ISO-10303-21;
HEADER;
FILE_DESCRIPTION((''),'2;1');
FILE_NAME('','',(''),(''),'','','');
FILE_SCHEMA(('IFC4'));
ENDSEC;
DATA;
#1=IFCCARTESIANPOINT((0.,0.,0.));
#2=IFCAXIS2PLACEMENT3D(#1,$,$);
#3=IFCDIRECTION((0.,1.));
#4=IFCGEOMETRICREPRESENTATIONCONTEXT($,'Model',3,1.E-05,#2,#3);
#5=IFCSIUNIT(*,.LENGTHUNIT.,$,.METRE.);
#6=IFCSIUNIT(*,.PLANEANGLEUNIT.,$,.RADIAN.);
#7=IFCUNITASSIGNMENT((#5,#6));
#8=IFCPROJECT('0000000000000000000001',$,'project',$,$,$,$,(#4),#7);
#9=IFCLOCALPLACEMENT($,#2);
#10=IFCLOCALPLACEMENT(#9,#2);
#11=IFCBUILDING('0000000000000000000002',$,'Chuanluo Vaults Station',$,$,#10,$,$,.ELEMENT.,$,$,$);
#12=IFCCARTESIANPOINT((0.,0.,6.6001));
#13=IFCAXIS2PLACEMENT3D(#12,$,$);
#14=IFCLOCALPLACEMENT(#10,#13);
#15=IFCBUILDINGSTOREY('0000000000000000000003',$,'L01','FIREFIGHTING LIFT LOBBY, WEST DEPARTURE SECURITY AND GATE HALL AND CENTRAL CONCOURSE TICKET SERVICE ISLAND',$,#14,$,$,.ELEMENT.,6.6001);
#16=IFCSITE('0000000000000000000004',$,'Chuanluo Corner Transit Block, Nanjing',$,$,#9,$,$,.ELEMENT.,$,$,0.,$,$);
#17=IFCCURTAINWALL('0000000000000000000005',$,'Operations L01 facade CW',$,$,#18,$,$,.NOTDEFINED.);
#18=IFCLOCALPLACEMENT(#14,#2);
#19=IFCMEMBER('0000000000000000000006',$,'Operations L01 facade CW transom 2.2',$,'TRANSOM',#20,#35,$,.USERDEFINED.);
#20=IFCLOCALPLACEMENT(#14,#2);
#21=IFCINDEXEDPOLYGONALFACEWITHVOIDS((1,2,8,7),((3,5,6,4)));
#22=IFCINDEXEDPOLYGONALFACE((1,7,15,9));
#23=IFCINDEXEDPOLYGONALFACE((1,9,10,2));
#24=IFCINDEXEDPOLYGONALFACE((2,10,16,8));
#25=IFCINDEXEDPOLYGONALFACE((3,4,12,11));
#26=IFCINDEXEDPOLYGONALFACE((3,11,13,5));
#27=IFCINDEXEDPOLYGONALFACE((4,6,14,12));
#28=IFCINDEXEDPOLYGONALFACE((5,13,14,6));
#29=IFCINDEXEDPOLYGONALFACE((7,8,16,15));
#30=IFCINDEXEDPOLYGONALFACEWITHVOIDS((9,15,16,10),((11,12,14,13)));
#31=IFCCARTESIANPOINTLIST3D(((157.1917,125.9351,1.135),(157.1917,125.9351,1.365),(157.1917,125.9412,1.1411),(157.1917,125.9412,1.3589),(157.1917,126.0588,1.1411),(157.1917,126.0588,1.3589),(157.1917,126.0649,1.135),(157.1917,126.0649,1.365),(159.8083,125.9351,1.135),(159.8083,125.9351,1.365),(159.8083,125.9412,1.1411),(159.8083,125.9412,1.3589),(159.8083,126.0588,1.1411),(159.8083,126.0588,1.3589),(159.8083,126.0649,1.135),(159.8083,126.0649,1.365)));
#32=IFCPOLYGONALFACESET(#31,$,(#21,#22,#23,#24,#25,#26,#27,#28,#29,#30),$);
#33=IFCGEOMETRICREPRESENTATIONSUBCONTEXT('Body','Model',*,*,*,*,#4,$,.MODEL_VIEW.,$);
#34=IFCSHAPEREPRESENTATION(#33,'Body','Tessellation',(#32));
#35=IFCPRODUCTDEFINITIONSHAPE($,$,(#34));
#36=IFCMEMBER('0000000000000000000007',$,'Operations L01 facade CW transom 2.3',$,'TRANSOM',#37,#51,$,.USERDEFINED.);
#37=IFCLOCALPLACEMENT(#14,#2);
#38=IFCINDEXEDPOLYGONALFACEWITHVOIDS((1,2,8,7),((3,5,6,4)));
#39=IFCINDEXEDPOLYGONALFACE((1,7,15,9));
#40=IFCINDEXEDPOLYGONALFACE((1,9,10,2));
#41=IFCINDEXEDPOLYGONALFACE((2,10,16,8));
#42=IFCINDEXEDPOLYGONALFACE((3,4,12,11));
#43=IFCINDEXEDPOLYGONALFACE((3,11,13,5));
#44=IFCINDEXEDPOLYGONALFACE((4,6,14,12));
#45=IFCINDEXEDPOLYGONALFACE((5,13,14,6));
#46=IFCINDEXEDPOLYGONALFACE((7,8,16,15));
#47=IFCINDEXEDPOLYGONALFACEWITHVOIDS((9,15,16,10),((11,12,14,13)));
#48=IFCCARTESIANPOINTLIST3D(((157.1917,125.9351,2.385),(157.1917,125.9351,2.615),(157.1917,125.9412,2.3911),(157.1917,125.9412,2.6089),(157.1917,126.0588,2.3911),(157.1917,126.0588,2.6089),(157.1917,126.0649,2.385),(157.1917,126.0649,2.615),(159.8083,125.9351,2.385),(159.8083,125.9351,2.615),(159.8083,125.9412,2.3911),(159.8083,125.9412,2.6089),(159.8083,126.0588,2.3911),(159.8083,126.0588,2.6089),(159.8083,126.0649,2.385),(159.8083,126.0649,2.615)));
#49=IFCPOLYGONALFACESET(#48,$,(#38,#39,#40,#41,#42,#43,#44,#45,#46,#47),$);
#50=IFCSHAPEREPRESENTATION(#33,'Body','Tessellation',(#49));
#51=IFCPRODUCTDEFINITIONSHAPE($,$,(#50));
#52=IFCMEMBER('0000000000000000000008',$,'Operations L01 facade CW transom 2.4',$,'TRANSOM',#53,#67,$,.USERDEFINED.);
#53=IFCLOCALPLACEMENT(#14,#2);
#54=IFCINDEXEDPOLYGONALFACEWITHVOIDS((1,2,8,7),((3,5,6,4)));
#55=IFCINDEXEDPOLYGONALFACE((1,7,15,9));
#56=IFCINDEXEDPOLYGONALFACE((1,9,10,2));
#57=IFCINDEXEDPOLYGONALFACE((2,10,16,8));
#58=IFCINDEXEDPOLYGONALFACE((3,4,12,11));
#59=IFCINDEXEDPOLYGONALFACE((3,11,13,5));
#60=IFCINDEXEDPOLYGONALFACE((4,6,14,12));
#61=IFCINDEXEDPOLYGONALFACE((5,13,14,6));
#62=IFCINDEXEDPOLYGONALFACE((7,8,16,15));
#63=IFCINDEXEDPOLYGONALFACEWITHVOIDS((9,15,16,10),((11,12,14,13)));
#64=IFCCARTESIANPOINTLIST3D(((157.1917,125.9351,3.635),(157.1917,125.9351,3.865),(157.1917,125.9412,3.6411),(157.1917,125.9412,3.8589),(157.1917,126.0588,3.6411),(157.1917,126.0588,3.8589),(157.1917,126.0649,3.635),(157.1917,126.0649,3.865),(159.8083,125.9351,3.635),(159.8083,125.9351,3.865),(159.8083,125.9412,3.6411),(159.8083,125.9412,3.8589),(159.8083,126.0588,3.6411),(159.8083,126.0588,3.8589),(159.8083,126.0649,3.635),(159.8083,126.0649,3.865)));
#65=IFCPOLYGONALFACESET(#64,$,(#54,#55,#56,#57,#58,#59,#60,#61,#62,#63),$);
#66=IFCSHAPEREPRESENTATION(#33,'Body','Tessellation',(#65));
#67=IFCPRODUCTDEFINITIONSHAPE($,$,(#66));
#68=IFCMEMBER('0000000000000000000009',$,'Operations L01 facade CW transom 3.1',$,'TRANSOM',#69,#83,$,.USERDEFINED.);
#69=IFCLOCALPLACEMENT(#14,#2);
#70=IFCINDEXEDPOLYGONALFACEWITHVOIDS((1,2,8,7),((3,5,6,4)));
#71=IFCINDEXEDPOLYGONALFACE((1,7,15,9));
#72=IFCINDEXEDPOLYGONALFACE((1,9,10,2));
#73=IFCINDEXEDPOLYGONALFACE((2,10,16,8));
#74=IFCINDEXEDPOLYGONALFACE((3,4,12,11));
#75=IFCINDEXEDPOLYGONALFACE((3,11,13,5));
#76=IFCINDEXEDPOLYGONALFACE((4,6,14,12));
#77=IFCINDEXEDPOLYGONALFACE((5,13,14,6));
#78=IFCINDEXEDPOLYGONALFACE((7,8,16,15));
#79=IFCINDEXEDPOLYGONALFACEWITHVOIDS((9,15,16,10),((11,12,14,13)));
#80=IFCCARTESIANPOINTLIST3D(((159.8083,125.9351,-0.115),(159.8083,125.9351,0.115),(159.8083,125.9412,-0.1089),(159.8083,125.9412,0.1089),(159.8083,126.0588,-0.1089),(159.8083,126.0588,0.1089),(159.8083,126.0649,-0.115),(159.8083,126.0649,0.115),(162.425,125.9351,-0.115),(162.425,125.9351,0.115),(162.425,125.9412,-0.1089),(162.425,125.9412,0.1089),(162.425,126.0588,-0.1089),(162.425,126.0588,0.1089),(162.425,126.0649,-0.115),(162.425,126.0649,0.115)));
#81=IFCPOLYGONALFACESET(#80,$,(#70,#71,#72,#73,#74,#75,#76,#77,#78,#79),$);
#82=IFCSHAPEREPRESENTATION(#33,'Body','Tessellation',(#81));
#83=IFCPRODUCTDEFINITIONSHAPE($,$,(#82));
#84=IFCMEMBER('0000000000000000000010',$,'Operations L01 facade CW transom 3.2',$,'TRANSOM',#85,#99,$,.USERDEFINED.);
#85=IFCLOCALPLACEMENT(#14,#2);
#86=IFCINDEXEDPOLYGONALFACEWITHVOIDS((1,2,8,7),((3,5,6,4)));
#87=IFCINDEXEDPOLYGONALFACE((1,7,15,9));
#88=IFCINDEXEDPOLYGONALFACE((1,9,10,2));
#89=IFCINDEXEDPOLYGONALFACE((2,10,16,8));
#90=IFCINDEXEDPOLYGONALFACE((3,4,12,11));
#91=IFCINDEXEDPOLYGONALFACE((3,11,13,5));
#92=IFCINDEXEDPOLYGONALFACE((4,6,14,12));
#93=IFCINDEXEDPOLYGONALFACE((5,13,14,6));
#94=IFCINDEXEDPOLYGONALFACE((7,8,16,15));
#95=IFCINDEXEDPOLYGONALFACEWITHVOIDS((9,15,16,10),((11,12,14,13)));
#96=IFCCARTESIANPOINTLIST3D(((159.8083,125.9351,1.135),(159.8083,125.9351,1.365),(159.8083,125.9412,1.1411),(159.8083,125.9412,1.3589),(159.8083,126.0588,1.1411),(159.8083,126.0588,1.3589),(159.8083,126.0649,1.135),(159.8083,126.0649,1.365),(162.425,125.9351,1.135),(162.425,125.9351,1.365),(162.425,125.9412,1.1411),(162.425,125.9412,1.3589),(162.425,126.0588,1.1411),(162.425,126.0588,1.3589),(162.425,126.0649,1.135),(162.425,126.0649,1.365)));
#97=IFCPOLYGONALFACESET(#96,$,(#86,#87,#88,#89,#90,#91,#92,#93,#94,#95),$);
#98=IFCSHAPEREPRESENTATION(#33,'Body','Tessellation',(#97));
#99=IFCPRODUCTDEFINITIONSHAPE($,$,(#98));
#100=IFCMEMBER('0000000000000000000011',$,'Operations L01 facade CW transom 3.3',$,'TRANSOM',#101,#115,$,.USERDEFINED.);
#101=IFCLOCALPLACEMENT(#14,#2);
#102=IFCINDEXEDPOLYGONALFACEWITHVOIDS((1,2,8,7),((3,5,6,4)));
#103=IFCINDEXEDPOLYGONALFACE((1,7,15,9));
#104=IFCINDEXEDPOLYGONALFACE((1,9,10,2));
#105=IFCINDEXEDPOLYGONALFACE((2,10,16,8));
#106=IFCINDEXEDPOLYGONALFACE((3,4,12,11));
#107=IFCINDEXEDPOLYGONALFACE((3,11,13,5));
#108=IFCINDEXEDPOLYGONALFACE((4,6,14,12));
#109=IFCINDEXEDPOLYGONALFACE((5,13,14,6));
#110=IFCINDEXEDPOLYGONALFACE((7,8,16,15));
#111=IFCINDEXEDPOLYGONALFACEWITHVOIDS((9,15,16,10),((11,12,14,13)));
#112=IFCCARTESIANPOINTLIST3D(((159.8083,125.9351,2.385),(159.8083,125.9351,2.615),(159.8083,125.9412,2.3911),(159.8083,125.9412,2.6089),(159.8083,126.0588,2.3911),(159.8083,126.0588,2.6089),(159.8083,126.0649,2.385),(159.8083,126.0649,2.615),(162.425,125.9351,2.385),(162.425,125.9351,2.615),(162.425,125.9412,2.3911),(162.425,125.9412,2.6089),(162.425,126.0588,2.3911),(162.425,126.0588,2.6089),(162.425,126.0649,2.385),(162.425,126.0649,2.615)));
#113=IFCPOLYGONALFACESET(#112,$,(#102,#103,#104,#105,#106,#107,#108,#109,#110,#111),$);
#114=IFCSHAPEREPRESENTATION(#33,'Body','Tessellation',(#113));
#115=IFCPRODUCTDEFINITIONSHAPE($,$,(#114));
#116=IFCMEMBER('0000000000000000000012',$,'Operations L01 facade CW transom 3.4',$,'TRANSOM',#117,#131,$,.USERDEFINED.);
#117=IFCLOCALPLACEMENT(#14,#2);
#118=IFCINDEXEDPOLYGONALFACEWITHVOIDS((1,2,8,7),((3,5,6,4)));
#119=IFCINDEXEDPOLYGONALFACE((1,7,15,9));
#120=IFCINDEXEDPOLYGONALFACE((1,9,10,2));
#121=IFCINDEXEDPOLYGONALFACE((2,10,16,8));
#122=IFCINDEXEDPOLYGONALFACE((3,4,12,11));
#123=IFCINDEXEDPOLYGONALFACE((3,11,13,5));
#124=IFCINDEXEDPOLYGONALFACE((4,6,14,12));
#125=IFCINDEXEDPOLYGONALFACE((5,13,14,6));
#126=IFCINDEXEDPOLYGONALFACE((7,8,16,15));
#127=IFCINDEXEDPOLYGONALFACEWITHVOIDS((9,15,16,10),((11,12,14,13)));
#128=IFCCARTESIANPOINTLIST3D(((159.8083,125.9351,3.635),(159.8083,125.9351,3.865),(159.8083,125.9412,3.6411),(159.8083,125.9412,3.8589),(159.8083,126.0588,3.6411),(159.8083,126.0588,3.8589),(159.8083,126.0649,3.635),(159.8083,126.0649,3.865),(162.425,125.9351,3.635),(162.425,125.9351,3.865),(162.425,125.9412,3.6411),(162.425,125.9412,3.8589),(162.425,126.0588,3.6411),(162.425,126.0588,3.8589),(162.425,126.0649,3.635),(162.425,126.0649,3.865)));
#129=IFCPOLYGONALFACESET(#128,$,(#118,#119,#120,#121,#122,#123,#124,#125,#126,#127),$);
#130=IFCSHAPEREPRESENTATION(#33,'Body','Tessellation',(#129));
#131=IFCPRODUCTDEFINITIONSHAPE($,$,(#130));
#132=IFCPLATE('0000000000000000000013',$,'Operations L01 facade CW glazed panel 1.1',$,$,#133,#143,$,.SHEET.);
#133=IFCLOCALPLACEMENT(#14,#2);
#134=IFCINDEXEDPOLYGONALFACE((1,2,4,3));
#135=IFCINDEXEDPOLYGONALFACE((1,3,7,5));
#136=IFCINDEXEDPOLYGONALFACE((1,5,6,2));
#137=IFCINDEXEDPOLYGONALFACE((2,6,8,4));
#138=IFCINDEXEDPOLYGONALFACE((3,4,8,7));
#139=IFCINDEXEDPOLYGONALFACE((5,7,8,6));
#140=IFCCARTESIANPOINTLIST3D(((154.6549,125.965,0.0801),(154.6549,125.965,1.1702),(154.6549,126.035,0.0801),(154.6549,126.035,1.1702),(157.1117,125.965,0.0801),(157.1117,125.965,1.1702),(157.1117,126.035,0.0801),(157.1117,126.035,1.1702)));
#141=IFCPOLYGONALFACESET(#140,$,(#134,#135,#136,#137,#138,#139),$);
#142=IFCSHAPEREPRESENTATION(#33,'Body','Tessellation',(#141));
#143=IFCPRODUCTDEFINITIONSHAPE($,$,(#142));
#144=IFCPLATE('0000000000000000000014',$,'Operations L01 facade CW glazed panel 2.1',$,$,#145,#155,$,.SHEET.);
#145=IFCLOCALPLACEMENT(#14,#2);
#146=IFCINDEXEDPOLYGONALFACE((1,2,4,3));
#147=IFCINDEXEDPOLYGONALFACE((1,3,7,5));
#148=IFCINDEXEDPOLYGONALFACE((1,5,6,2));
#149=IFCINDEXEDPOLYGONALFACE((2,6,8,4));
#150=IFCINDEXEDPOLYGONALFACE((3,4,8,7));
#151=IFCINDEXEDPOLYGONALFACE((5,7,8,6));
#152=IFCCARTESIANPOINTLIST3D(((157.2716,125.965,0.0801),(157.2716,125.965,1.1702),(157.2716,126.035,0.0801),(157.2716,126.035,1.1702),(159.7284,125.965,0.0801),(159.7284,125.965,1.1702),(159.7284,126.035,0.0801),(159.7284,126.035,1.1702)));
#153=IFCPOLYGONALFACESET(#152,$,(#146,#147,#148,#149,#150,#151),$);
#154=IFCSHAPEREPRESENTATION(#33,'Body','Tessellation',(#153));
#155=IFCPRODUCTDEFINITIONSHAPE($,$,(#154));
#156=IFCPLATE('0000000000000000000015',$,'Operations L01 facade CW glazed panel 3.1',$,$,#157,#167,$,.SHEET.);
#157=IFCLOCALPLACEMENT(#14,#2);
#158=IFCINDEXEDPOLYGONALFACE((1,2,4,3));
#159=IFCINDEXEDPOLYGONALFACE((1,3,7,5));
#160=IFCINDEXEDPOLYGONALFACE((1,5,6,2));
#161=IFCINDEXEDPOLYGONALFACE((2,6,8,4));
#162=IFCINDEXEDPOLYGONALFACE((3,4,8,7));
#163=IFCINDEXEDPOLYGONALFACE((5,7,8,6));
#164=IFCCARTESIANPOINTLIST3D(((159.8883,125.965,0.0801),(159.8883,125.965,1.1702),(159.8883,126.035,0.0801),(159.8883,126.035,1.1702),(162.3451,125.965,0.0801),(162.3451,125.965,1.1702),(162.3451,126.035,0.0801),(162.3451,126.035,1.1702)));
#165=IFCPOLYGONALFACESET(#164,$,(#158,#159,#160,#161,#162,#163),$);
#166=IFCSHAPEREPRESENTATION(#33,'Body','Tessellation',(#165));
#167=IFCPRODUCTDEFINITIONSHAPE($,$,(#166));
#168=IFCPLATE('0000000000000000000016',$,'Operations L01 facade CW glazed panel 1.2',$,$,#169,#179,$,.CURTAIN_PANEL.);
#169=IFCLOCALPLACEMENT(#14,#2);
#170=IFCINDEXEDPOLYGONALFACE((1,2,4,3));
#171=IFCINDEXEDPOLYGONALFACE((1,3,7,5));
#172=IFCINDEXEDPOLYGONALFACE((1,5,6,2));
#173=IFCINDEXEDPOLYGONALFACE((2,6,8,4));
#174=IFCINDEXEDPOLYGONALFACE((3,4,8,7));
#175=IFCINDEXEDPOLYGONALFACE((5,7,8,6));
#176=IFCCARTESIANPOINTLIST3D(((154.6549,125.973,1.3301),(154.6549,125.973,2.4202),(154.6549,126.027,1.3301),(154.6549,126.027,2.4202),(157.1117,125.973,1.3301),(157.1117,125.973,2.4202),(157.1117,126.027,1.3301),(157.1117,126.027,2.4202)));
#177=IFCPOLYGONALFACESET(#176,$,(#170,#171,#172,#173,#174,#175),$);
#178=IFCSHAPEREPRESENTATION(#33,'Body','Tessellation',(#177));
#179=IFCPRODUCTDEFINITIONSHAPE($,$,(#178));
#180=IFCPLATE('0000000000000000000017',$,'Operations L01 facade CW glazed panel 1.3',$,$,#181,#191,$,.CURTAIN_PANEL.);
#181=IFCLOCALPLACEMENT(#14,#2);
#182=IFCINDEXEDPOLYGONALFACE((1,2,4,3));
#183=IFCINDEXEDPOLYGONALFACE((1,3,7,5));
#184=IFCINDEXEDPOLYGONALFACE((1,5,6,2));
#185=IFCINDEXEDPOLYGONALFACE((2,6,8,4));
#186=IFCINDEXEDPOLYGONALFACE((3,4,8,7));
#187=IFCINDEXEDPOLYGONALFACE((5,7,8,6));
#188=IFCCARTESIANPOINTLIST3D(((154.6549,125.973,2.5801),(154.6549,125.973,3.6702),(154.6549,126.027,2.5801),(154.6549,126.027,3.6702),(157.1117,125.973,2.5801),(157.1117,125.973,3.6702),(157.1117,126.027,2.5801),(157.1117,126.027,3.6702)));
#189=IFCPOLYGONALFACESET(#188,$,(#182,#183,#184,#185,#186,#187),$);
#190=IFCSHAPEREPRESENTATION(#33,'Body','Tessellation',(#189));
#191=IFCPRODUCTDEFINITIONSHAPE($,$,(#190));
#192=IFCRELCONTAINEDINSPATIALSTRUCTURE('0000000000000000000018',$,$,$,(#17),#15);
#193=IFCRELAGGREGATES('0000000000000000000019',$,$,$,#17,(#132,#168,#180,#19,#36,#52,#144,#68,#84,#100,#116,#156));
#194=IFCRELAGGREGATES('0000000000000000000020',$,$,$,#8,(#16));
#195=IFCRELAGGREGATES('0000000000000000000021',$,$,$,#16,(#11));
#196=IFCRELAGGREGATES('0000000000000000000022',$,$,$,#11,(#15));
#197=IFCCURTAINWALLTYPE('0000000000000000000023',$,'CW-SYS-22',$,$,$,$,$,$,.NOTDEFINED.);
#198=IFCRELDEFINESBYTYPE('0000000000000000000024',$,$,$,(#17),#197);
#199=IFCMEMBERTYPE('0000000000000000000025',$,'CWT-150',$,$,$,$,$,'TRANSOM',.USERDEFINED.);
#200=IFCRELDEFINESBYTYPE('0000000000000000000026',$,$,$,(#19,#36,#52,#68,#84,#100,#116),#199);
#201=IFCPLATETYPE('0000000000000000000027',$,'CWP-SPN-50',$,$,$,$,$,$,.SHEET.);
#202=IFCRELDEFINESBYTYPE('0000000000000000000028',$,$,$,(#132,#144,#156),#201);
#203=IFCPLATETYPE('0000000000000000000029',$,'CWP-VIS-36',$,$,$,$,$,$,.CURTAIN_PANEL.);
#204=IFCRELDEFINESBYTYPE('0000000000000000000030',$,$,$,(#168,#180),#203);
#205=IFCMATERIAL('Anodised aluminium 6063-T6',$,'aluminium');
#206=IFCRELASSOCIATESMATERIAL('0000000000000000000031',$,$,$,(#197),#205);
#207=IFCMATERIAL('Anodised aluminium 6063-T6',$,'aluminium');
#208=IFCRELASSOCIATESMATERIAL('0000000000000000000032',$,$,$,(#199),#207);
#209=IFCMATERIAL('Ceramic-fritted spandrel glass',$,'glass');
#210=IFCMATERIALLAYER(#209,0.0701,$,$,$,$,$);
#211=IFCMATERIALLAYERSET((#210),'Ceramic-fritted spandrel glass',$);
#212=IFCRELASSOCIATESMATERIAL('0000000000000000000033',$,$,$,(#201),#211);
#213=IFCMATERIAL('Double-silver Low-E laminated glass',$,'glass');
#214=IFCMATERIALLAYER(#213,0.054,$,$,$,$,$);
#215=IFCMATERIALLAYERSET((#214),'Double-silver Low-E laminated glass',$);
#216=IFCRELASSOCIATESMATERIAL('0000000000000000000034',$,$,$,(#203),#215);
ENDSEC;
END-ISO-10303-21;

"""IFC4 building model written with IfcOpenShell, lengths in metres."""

from ifc_helpers import new_model, si_unit, direction, frame, origin, origin_2d, place, context, subcontext, project, spatial, rectangle, hollow_rectangle, extrude, material, layer, layer_set, material_profile, profile_set, type_object, element, aggregate, save


model = new_model("IFC4")

# Units and contexts
model_context = context("Model", 3, precision=1e-05, world=origin(), true_north=direction((0.0, 1.0)))
body_context = subcontext(model_context, "Body", "Model", "MODEL_VIEW")
ifc_project = project(units=[si_unit("LENGTHUNIT", "METRE"), si_unit("PLANEANGLEUNIT", "RADIAN")], contexts=[model_context])

# Site, building, storey
site_placement = place(None, origin())
site = spatial("IfcSite", under=ifc_project, at=site_placement, Name="Chuanluo Corner Transit Block, Nanjing", CompositionType="ELEMENT", RefElevation=0.0)
building_placement = place(site_placement, origin())
building = spatial("IfcBuilding", under=site, at=building_placement, Name="Chuanluo Vaults Station", CompositionType="ELEMENT")
storey_placement = place(building_placement, frame((0.0, 0.0, 6.6001)))
storey = spatial("IfcBuildingStorey", under=building, at=storey_placement, Name="L01", Description="FIREFIGHTING LIFT LOBBY, WEST DEPARTURE SECURITY AND GATE HALL AND CENTRAL CONCOURSE TICKET SERVICE ISLAND", CompositionType="ELEMENT", Elevation=6.6001)

# Curtain wall, members, plates
ifc_material_1 = material(Name="Anodised aluminium 6063-T6", Category="aluminium")
curtain_wall_type = type_object("IfcCurtainWallType", Name="CW-SYS-22", PredefinedType="NOTDEFINED", material=ifc_material_1)
curtain_wall_placement = place(storey_placement, origin())
curtain_wall = element("IfcCurtainWall", 1, at=curtain_wall_placement, inside=storey, type_object=curtain_wall_type, Name="Operations L01 facade CW", PredefinedType="NOTDEFINED")
ifc_material_2 = material(Name="Anodised aluminium 6063-T6", Category="aluminium")
ifc_material_profile_1 = material_profile(ifc_material_2, hollow_rectangle(XDim=0.1299, YDim=0.23, WallThickness=0.0061, at=origin_2d()))
ifc_profile_set_1 = profile_set([ifc_material_profile_1], Name="Anodised aluminium 6063-T6")
member_type_1 = type_object("IfcMemberType", Name="CWT-150", ElementType="TRANSOM", PredefinedType="USERDEFINED", material=ifc_profile_set_1)
member_1_placement = place(storey_placement, frame((157.1917, 126.0, 1.25), z_axis=(1.0, 0.0, 0.0), x_axis=(0.0, 1.0, 0.0)))
member_1 = element("IfcMember", 2, at=member_1_placement, type_object=member_type_1, Name="Operations L01 facade CW transom 2.2", ObjectType="TRANSOM", PredefinedType="USERDEFINED", context=body_context, shape_type="SweptSolid", body=[
    extrude(hollow_rectangle(XDim=0.1299, YDim=0.23, WallThickness=0.0061, at=origin_2d()), origin(), (0.0, 0.0, 1.0), 2.6167),
])
member_2_placement = place(storey_placement, frame((157.1917, 126.0, 2.5), z_axis=(1.0, 0.0, 0.0), x_axis=(0.0, 1.0, 0.0)))
member_2 = element("IfcMember", 3, at=member_2_placement, type_object=member_type_1, Name="Operations L01 facade CW transom 2.3", ObjectType="TRANSOM", PredefinedType="USERDEFINED", context=body_context, shape_type="SweptSolid", body=[
    extrude(hollow_rectangle(XDim=0.1299, YDim=0.23, WallThickness=0.0061, at=origin_2d()), origin(), (0.0, 0.0, 1.0), 2.6167),
])
member_3_placement = place(storey_placement, frame((157.1917, 126.0, 3.75), z_axis=(1.0, 0.0, 0.0), x_axis=(0.0, 1.0, 0.0)))
member_3 = element("IfcMember", 4, at=member_3_placement, type_object=member_type_1, Name="Operations L01 facade CW transom 2.4", ObjectType="TRANSOM", PredefinedType="USERDEFINED", context=body_context, shape_type="SweptSolid", body=[
    extrude(hollow_rectangle(XDim=0.1299, YDim=0.23, WallThickness=0.0061, at=origin_2d()), origin(), (0.0, 0.0, 1.0), 2.6167),
])
member_4_placement = place(storey_placement, frame((159.8083, 126.0, 0.0), z_axis=(1.0, 0.0, 0.0), x_axis=(0.0, 1.0, 0.0)))
member_4 = element("IfcMember", 5, at=member_4_placement, type_object=member_type_1, Name="Operations L01 facade CW transom 3.1", ObjectType="TRANSOM", PredefinedType="USERDEFINED", context=body_context, shape_type="SweptSolid", body=[
    extrude(hollow_rectangle(XDim=0.1299, YDim=0.23, WallThickness=0.0061, at=origin_2d()), origin(), (0.0, 0.0, 1.0), 2.6167),
])
member_5_placement = place(storey_placement, frame((159.8083, 126.0, 1.25), z_axis=(1.0, 0.0, 0.0), x_axis=(0.0, 1.0, 0.0)))
member_5 = element("IfcMember", 6, at=member_5_placement, type_object=member_type_1, Name="Operations L01 facade CW transom 3.2", ObjectType="TRANSOM", PredefinedType="USERDEFINED", context=body_context, shape_type="SweptSolid", body=[
    extrude(hollow_rectangle(XDim=0.1299, YDim=0.23, WallThickness=0.0061, at=origin_2d()), origin(), (0.0, 0.0, 1.0), 2.6167),
])
member_6_placement = place(storey_placement, frame((159.8083, 126.0, 2.5), z_axis=(1.0, 0.0, 0.0), x_axis=(0.0, 1.0, 0.0)))
member_6 = element("IfcMember", 7, at=member_6_placement, type_object=member_type_1, Name="Operations L01 facade CW transom 3.3", ObjectType="TRANSOM", PredefinedType="USERDEFINED", context=body_context, shape_type="SweptSolid", body=[
    extrude(hollow_rectangle(XDim=0.1299, YDim=0.23, WallThickness=0.0061, at=origin_2d()), origin(), (0.0, 0.0, 1.0), 2.6167),
])
member_7_placement = place(storey_placement, frame((159.8083, 126.0, 3.75), z_axis=(1.0, 0.0, 0.0), x_axis=(0.0, 1.0, 0.0)))
member_7 = element("IfcMember", 8, at=member_7_placement, type_object=member_type_1, Name="Operations L01 facade CW transom 3.4", ObjectType="TRANSOM", PredefinedType="USERDEFINED", context=body_context, shape_type="SweptSolid", body=[
    extrude(hollow_rectangle(XDim=0.1299, YDim=0.23, WallThickness=0.0061, at=origin_2d()), origin(), (0.0, 0.0, 1.0), 2.6167),
])
ifc_material_3 = material(Name="Ceramic-fritted spandrel glass", Category="glass")
ifc_layer_1 = layer(ifc_material_3, 0.0701)
ifc_layer_set_1 = layer_set([ifc_layer_1], Name="Ceramic-fritted spandrel glass")
plate_type_1 = type_object("IfcPlateType", Name="CWP-SPN-50", PredefinedType="SHEET", material=ifc_layer_set_1)
plate_1_placement = place(storey_placement, frame((155.8833, 126.0, 0.0801), z_axis=(0.0, 0.0, 1.0), x_axis=(1.0, 0.0, 0.0)))
plate_1 = element("IfcPlate", 9, at=plate_1_placement, type_object=plate_type_1, Name="Operations L01 facade CW glazed panel 1.1", PredefinedType="SHEET", context=body_context, shape_type="SweptSolid", body=[
    extrude(rectangle(XDim=2.4568, YDim=0.0701, at=origin_2d()), origin(), (0.0, 0.0, 1.0), 1.0901),
])
plate_2_placement = place(storey_placement, frame((158.5, 126.0, 0.0801), z_axis=(0.0, 0.0, 1.0), x_axis=(1.0, 0.0, 0.0)))
plate_2 = element("IfcPlate", 10, at=plate_2_placement, type_object=plate_type_1, Name="Operations L01 facade CW glazed panel 2.1", PredefinedType="SHEET", context=body_context, shape_type="SweptSolid", body=[
    extrude(rectangle(XDim=2.4568, YDim=0.0701, at=origin_2d()), origin(), (0.0, 0.0, 1.0), 1.0901),
])
plate_3_placement = place(storey_placement, frame((161.1167, 126.0, 0.0801), z_axis=(0.0, 0.0, 1.0), x_axis=(1.0, 0.0, 0.0)))
plate_3 = element("IfcPlate", 11, at=plate_3_placement, type_object=plate_type_1, Name="Operations L01 facade CW glazed panel 3.1", PredefinedType="SHEET", context=body_context, shape_type="SweptSolid", body=[
    extrude(rectangle(XDim=2.4568, YDim=0.0701, at=origin_2d()), origin(), (0.0, 0.0, 1.0), 1.0901),
])
ifc_material_4 = material(Name="Double-silver Low-E laminated glass", Category="glass")
ifc_layer_2 = layer(ifc_material_4, 0.054)
ifc_layer_set_2 = layer_set([ifc_layer_2], Name="Double-silver Low-E laminated glass")
plate_type_2 = type_object("IfcPlateType", Name="CWP-VIS-36", PredefinedType="CURTAIN_PANEL", material=ifc_layer_set_2)
plate_4_placement = place(storey_placement, frame((155.8833, 126.0, 1.3301), z_axis=(0.0, 0.0, 1.0), x_axis=(1.0, 0.0, 0.0)))
plate_4 = element("IfcPlate", 12, at=plate_4_placement, type_object=plate_type_2, Name="Operations L01 facade CW glazed panel 1.2", PredefinedType="CURTAIN_PANEL", context=body_context, shape_type="SweptSolid", body=[
    extrude(rectangle(XDim=2.4568, YDim=0.054, at=origin_2d()), origin(), (0.0, 0.0, 1.0), 1.0901),
])
plate_5_placement = place(storey_placement, frame((155.8833, 126.0, 2.5801), z_axis=(0.0, 0.0, 1.0), x_axis=(1.0, 0.0, 0.0)))
plate_5 = element("IfcPlate", 13, at=plate_5_placement, type_object=plate_type_2, Name="Operations L01 facade CW glazed panel 1.3", PredefinedType="CURTAIN_PANEL", context=body_context, shape_type="SweptSolid", body=[
    extrude(rectangle(XDim=2.4568, YDim=0.054, at=origin_2d()), origin(), (0.0, 0.0, 1.0), 1.0901),
])
aggregate(curtain_wall, [plate_1, plate_4, plate_5, member_1, member_2, member_3, plate_2, member_4, member_5, member_6, member_7, plate_3])

save(model, "model.ifc")
